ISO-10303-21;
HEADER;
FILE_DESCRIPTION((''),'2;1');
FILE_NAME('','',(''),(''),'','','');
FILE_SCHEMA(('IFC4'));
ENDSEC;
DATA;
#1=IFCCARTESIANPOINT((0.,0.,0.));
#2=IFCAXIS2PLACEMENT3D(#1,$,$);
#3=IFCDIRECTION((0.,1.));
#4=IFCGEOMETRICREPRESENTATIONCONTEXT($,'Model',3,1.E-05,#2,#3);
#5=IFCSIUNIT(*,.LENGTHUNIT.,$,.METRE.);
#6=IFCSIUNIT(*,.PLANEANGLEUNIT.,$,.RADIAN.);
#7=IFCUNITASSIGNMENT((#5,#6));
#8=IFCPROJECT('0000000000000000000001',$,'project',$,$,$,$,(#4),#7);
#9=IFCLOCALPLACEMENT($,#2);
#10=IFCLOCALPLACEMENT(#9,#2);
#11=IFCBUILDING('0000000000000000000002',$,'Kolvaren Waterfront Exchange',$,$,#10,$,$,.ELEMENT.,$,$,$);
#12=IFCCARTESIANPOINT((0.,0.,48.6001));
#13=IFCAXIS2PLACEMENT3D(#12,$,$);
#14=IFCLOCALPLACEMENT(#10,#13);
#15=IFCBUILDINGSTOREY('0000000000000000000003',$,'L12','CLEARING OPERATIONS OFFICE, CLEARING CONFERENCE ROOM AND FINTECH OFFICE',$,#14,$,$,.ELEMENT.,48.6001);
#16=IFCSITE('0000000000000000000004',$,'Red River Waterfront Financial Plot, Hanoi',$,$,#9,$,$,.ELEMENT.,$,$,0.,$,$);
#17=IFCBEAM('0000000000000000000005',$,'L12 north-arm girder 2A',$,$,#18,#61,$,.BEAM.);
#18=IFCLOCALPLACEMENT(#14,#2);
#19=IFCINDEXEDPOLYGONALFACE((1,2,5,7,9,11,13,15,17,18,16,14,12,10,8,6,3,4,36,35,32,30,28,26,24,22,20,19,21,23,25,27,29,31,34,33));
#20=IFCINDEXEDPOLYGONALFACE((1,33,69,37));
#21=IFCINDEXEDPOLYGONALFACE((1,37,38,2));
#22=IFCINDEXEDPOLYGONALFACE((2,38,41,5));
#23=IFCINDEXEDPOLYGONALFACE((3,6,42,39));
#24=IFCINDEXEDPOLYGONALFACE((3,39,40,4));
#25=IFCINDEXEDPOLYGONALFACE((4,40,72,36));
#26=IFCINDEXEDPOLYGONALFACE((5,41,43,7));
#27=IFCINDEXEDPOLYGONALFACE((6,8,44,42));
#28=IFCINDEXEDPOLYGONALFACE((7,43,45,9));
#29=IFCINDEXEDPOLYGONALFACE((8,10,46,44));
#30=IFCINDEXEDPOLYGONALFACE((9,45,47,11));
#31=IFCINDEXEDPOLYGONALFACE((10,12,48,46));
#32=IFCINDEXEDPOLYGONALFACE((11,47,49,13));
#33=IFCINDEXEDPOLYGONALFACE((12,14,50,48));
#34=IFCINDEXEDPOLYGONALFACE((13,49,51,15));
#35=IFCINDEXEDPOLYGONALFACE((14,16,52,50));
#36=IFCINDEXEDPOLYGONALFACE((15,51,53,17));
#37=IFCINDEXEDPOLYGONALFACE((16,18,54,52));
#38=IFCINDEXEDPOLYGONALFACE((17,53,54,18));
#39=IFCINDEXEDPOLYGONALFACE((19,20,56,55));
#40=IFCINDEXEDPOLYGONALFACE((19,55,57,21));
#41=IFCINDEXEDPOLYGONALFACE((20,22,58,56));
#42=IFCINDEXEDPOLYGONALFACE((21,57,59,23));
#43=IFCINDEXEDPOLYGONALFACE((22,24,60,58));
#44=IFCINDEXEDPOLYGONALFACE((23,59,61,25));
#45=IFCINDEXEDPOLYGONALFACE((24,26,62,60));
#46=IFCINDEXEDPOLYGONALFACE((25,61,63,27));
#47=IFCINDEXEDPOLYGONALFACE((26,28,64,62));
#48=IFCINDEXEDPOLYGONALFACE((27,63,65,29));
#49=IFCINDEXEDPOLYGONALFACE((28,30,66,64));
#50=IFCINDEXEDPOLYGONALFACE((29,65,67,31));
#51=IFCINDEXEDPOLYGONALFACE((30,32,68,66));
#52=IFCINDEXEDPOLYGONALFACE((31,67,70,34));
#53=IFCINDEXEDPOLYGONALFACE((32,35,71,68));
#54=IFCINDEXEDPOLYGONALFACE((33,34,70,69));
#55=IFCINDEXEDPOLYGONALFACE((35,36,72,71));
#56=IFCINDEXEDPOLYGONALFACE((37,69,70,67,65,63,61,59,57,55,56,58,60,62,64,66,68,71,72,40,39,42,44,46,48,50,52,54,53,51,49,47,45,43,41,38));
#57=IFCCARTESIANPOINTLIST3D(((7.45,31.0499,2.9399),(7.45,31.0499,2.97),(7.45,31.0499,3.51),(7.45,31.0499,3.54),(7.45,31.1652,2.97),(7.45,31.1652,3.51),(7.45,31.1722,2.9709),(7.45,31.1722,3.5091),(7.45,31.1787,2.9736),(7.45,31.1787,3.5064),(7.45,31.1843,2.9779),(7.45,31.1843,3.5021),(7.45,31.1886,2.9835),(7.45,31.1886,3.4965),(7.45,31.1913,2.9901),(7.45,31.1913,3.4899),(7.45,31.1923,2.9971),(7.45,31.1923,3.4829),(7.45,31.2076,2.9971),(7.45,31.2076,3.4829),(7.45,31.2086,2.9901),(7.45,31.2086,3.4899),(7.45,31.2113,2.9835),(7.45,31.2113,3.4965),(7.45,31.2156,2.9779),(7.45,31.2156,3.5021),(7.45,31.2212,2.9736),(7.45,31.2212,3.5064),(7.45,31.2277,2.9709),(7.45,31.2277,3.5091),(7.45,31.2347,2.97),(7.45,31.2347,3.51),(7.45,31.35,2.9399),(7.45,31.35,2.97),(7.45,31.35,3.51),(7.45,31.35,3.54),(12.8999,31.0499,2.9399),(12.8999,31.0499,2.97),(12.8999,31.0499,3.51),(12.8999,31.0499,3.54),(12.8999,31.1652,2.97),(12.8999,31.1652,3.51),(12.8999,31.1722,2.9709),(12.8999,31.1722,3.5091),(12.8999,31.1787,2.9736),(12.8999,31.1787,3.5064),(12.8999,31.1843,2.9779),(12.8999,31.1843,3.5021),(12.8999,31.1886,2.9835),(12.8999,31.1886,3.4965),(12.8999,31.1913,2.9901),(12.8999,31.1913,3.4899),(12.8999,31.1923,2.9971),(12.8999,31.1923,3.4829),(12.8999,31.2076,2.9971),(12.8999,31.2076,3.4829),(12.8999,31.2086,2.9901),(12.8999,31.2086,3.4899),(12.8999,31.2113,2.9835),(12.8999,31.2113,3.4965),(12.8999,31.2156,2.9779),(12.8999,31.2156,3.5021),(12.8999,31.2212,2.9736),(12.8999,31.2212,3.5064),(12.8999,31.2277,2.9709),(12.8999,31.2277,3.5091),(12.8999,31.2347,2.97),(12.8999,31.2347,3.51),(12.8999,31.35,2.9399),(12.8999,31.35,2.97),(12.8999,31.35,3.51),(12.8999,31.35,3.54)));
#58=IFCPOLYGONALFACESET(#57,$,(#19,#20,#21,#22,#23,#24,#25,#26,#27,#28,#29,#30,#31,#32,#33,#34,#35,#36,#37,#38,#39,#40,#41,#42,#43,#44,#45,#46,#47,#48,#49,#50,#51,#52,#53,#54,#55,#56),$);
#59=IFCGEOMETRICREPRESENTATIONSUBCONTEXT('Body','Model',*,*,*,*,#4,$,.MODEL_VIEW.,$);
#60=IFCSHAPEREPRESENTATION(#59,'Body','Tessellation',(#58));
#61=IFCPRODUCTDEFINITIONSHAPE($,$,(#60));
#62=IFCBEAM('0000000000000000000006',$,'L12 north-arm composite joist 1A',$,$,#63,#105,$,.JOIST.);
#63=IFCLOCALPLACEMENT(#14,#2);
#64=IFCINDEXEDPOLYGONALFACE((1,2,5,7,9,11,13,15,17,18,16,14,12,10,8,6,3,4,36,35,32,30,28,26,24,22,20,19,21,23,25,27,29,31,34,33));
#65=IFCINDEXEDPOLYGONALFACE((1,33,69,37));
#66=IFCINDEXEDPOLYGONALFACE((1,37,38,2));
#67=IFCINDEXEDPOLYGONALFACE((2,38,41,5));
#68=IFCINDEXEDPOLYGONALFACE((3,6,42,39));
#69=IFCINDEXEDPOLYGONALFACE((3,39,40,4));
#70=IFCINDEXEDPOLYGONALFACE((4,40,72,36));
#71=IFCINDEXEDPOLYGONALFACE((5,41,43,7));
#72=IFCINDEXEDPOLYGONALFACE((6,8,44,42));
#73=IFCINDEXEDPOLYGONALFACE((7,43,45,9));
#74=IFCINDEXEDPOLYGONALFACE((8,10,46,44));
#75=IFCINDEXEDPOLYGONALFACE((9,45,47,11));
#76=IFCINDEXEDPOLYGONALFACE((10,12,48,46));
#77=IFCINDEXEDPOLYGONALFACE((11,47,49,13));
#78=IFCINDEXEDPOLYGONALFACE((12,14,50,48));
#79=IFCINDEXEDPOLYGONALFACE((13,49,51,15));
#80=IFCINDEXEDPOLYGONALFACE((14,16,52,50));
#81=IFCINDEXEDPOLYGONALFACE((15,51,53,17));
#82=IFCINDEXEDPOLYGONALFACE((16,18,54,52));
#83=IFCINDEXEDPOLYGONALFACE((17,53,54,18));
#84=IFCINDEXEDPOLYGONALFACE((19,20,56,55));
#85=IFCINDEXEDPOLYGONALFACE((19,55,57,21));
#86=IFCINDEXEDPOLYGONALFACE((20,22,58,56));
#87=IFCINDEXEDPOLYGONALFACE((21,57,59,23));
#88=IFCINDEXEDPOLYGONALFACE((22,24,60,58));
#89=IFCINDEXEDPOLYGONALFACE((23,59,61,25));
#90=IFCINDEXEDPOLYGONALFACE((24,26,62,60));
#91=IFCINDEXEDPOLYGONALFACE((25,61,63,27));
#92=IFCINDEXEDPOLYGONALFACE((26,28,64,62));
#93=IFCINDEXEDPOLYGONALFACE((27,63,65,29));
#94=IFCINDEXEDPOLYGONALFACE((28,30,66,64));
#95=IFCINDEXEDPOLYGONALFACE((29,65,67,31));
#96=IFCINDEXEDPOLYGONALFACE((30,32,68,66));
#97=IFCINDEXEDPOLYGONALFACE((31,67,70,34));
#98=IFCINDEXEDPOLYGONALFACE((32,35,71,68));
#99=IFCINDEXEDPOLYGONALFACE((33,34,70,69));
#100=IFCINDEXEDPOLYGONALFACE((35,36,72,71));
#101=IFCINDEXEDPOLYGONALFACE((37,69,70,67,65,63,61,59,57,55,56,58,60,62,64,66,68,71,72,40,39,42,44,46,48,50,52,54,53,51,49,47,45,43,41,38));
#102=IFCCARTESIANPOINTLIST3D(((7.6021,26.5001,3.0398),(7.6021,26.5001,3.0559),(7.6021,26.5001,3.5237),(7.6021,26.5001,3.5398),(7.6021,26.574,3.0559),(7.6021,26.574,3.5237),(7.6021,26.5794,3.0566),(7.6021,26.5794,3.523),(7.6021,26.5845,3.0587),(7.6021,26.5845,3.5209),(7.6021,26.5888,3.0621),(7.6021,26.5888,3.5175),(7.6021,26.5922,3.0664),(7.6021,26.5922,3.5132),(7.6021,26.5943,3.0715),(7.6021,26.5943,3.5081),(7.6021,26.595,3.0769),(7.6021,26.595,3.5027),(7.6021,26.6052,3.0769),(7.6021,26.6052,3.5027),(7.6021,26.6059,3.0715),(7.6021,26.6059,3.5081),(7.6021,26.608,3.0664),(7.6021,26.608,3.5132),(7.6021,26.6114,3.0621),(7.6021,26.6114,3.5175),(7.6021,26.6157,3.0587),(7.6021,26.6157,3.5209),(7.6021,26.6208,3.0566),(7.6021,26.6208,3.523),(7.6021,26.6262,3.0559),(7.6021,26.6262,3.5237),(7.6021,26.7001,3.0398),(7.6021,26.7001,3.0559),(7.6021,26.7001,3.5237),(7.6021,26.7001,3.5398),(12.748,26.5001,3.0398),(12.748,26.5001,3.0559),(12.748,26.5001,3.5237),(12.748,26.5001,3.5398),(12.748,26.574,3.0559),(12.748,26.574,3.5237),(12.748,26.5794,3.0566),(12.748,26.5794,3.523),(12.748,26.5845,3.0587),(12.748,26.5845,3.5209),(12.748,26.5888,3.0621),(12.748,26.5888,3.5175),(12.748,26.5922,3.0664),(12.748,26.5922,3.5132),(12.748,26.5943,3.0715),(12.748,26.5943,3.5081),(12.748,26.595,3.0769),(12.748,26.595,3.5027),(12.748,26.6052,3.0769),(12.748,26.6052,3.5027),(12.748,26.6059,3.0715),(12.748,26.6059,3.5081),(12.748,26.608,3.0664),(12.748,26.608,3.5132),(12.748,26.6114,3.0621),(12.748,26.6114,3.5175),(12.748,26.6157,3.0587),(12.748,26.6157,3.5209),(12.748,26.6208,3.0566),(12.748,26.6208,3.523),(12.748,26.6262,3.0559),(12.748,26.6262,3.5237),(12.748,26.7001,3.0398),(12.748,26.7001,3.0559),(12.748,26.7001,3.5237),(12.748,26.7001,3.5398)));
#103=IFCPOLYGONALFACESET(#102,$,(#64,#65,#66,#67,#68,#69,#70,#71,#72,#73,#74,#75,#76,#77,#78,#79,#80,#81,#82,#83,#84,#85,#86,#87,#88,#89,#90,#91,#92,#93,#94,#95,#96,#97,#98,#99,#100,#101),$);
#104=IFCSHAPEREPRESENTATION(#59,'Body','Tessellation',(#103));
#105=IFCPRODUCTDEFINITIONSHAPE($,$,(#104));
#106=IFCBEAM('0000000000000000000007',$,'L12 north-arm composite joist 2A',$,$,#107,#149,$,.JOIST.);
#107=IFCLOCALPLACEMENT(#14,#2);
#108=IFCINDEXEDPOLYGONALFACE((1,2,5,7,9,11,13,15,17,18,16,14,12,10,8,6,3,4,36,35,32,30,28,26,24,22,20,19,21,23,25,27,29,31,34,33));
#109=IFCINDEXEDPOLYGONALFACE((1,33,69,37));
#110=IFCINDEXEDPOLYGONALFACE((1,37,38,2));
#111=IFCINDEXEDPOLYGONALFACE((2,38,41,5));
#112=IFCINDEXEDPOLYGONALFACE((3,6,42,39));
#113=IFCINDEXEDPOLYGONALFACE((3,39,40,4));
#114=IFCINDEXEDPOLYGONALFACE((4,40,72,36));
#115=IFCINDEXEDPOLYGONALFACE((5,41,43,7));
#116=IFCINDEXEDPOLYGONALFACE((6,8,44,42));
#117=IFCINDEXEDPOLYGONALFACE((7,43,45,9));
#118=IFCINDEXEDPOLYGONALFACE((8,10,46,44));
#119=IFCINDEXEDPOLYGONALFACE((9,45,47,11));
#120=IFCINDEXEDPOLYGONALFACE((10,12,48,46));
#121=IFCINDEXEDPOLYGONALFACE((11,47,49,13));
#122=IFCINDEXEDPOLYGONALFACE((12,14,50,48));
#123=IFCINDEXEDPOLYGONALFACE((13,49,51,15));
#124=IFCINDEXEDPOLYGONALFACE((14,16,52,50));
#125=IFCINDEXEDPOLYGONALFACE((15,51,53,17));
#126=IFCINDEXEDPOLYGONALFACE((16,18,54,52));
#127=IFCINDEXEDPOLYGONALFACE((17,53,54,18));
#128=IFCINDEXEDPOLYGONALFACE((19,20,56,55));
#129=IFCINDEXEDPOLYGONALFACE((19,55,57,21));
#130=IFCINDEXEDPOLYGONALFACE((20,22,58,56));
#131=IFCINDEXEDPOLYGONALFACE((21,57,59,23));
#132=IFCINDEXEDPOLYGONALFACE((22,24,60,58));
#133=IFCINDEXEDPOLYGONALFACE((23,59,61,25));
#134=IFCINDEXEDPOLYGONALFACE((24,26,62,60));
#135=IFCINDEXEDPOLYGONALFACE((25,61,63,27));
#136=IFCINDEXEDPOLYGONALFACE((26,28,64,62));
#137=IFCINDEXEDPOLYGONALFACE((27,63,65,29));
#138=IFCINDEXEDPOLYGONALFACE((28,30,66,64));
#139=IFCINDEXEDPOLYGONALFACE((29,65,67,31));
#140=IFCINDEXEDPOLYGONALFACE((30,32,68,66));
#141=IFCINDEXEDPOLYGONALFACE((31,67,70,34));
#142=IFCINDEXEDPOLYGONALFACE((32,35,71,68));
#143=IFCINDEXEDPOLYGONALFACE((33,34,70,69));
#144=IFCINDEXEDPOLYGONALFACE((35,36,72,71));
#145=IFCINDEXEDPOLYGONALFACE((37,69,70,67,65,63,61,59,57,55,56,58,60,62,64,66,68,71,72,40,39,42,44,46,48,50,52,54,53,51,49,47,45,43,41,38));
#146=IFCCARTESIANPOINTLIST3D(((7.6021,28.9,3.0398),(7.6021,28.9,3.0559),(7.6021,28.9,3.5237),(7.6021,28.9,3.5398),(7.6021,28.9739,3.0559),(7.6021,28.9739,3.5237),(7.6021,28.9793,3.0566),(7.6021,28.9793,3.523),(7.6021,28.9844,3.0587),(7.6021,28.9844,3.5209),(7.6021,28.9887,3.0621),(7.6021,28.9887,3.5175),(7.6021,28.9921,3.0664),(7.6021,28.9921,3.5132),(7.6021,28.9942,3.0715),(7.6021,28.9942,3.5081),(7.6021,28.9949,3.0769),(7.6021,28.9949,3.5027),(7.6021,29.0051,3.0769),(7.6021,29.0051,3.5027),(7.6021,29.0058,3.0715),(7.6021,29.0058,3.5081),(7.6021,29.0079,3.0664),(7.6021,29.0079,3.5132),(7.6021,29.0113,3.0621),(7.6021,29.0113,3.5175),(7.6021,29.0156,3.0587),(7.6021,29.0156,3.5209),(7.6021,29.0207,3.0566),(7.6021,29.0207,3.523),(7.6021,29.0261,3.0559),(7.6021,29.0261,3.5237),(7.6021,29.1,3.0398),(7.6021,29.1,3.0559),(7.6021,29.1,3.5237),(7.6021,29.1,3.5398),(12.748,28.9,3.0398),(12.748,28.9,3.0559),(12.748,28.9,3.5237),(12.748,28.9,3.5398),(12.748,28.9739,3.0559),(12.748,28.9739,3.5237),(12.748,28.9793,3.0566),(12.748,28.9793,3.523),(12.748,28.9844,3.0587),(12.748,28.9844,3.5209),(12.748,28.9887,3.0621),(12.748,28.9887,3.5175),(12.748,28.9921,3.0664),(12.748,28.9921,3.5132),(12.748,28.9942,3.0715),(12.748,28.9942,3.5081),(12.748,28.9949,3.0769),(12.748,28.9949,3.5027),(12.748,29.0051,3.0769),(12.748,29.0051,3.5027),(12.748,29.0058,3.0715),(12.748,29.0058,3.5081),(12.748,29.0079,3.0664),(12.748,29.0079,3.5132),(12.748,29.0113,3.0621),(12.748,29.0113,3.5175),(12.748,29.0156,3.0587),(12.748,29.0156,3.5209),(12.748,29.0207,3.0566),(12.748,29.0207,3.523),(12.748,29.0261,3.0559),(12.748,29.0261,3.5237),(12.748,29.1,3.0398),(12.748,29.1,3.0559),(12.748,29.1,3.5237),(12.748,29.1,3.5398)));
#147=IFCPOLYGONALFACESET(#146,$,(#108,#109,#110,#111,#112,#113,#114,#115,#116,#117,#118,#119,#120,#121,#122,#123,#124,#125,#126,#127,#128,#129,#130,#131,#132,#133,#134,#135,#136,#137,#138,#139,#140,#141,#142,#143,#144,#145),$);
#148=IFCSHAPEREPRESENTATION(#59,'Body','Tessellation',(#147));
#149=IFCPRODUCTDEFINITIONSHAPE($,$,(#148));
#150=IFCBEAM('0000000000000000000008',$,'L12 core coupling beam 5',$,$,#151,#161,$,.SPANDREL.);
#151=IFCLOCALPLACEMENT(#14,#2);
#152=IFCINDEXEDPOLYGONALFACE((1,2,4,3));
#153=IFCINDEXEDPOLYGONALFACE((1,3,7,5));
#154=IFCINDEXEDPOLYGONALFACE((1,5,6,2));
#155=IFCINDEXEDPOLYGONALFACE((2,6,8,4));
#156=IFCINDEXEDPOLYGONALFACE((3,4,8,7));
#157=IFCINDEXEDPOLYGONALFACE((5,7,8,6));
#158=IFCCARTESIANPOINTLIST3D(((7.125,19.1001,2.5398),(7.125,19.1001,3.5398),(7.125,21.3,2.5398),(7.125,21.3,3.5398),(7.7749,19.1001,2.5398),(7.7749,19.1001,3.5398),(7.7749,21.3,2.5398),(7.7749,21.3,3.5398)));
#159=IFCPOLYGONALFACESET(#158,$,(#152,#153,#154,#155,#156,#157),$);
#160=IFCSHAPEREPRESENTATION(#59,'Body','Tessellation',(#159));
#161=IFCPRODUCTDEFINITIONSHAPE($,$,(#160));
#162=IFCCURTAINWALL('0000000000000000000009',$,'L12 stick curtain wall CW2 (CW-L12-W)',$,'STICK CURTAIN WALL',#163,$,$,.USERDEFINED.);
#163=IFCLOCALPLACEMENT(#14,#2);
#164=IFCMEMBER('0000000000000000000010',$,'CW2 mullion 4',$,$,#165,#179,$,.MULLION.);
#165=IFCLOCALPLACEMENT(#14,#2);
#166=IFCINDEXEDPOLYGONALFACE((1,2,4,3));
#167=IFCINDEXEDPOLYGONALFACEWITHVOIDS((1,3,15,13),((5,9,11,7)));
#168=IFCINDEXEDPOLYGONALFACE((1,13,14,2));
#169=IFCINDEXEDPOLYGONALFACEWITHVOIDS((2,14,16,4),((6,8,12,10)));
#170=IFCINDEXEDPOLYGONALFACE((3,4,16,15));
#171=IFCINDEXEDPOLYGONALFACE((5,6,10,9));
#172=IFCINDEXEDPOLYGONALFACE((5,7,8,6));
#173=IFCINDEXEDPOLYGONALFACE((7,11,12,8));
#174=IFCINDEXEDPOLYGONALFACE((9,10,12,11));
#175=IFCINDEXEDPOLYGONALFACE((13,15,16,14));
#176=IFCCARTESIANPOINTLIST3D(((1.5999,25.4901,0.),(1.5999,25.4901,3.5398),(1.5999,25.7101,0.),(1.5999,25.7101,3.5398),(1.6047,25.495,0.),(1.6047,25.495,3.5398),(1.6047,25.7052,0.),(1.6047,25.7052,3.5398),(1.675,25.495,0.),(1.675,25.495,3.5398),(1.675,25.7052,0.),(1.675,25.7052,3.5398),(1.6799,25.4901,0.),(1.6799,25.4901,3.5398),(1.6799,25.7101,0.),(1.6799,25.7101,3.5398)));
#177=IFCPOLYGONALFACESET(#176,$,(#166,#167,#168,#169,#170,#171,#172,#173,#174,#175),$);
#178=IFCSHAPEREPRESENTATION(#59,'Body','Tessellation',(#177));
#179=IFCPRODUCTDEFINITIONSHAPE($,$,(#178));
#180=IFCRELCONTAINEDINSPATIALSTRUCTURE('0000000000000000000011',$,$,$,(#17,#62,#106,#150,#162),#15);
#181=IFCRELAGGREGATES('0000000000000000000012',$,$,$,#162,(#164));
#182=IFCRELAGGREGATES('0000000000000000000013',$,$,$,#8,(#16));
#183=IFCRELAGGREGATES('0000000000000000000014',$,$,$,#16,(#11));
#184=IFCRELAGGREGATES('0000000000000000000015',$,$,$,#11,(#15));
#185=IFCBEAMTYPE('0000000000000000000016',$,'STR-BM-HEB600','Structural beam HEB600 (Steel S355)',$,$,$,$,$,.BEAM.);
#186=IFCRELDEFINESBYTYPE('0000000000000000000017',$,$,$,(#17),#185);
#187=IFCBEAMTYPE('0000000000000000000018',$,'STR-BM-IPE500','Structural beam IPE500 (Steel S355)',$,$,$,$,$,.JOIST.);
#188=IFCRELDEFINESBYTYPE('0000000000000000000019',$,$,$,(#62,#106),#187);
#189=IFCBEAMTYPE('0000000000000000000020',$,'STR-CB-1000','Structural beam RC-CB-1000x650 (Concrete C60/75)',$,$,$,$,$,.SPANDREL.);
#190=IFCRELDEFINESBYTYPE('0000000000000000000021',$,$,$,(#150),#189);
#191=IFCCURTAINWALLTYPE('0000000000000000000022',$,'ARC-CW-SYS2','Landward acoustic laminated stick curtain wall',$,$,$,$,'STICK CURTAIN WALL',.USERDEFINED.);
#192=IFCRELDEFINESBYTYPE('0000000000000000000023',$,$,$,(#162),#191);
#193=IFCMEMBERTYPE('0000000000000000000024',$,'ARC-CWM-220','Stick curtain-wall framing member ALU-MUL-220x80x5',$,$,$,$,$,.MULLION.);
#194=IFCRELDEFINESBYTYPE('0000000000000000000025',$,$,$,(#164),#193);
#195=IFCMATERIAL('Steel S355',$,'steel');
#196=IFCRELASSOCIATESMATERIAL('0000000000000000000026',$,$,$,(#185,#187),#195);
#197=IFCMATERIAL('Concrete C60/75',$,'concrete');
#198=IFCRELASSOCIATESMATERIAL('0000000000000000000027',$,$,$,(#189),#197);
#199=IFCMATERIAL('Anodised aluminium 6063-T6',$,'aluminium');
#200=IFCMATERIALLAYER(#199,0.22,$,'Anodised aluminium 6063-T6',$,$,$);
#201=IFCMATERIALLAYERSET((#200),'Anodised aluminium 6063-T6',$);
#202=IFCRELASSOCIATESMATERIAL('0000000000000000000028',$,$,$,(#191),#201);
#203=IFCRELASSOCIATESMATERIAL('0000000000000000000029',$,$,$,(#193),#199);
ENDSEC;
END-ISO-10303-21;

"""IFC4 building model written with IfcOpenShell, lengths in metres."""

from ifc_helpers import new_model, si_unit, direction, frame, origin, origin_with_axes, origin_2d, place, context, subcontext, project, spatial, rectangle, hollow_rectangle, i_section, extrude, source, transform, mapped, material, layer, layer_set, material_profile, profile_set, type_object, element, aggregate, save


model = new_model("IFC4")

# Units and contexts
model_context = context("Model", 3, precision=1e-05, world=origin(), true_north=direction((0.0, 1.0)))
body_context = subcontext(model_context, "Body", "Model", "MODEL_VIEW")
ifc_project = project(units=[si_unit("LENGTHUNIT", "METRE"), si_unit("PLANEANGLEUNIT", "RADIAN")], contexts=[model_context])

# Site, building, storey
site_placement = place(None, origin())
site = spatial("IfcSite", under=ifc_project, at=site_placement, Name="Red River Waterfront Financial Plot, Hanoi", CompositionType="ELEMENT", RefElevation=0.0)
building_placement = place(site_placement, origin())
building = spatial("IfcBuilding", under=site, at=building_placement, Name="Kolvaren Waterfront Exchange", CompositionType="ELEMENT")
storey_placement = place(building_placement, frame((0.0, 0.0, 48.6001)))
storey = spatial("IfcBuildingStorey", under=building, at=storey_placement, Name="L12", Description="CLEARING OPERATIONS OFFICE, CLEARING CONFERENCE ROOM AND FINTECH OFFICE", CompositionType="ELEMENT", Elevation=48.6001)

# Beams
ifc_material_1 = material(Name="Steel S355", Category="steel")
ifc_material_profile_1 = material_profile(ifc_material_1, i_section(OverallWidth=0.3, OverallDepth=0.6001, WebThickness=0.0154, FlangeThickness=0.03, FilletRadius=0.0271, at=origin_2d()), Name="HEB600")
ifc_profile_set_1 = profile_set([ifc_material_profile_1], Name="Steel S355")
beam_type_1 = type_object("IfcBeamType", Name="STR-BM-HEB600", Description="Structural beam HEB600 (Steel S355)", PredefinedType="BEAM", material=ifc_profile_set_1)
for number, where, z_axis, x_axis, name in (
    (1, (7.45, 31.2, 3.24), (1.0, 0.0, 0.0), (0.0, 1.0, 0.0), "L12 north-arm girder 2A"),
):
    element("IfcBeam", number, at=place(storey_placement, frame(where, z_axis=z_axis, x_axis=x_axis)), inside=storey, type_object=beam_type_1, Name=name, PredefinedType="BEAM", context=body_context, shape_type="SweptSolid", body=[
        extrude(i_section(OverallWidth=0.3, OverallDepth=0.6001, WebThickness=0.0154, FlangeThickness=0.03, FilletRadius=0.0271, at=origin_2d()), origin(), (0.0, 0.0, 1.0), 5.45),
    ])
ifc_material_profile_2 = material_profile(ifc_material_1, i_section(OverallWidth=0.2, OverallDepth=0.5, WebThickness=0.0103, FlangeThickness=0.0161, FilletRadius=0.021, at=origin_2d()), Name="IPE500")
ifc_profile_set_2 = profile_set([ifc_material_profile_2], Name="Steel S355")
beam_type_2 = type_object("IfcBeamType", Name="STR-BM-IPE500", Description="Structural beam IPE500 (Steel S355)", PredefinedType="JOIST", material=ifc_profile_set_2)
for number, where, z_axis, x_axis, name in (
    (2, (7.6021, 26.6001, 3.2898), (1.0, 0.0, 0.0), (0.0, 1.0, 0.0), "L12 north-arm composite joist 1A"),
    (3, (7.6021, 29.0, 3.2898), (1.0, 0.0, 0.0), (0.0, 1.0, 0.0), "L12 north-arm composite joist 2A"),
):
    element("IfcBeam", number, at=place(storey_placement, frame(where, z_axis=z_axis, x_axis=x_axis)), inside=storey, type_object=beam_type_2, Name=name, PredefinedType="JOIST", context=body_context, shape_type="SweptSolid", body=[
        extrude(i_section(OverallWidth=0.2, OverallDepth=0.5, WebThickness=0.0103, FlangeThickness=0.0161, FilletRadius=0.021, at=origin_2d()), origin(), (0.0, 0.0, 1.0), 5.146),
    ])
ifc_material_2 = material(Name="Concrete C60/75", Category="concrete")
ifc_material_profile_3 = material_profile(ifc_material_2, rectangle(XDim=0.6499, YDim=1.0, at=origin_2d()), Name="RC-CB-1000x650")
ifc_profile_set_3 = profile_set([ifc_material_profile_3], Name="Concrete C60/75")
beam_type_3 = type_object("IfcBeamType", Name="STR-CB-1000", Description="Structural beam RC-CB-1000x650 (Concrete C60/75)", PredefinedType="SPANDREL", material=ifc_profile_set_3)
beam_1_placement = place(storey_placement, frame((7.45, 19.1001, 3.0398), z_axis=(0.0, 1.0, 0.0), x_axis=(-1.0, 0.0, 0.0)))
element("IfcBeam", 4, at=beam_1_placement, inside=storey, type_object=beam_type_3, Name="L12 core coupling beam 5", PredefinedType="SPANDREL", context=body_context, shape_type="SweptSolid", body=[
    extrude(rectangle(XDim=0.6499, YDim=1.0, at=origin_2d()), origin(), (0.0, 0.0, 1.0), 2.2),
])

# Curtain wall, member
ifc_material_3 = material(Name="Anodised aluminium 6063-T6", Category="aluminium")
ifc_layer_1 = layer(ifc_material_3, 0.22, Name="Anodised aluminium 6063-T6")
ifc_layer_set_1 = layer_set([ifc_layer_1], Name="Anodised aluminium 6063-T6")
curtain_wall_type = type_object("IfcCurtainWallType", Name="ARC-CW-SYS2", Description="Landward acoustic laminated stick curtain wall", ElementType="STICK CURTAIN WALL", PredefinedType="USERDEFINED", material=ifc_layer_set_1)
curtain_wall_placement = place(storey_placement, origin())
curtain_wall = element("IfcCurtainWall", 5, at=curtain_wall_placement, inside=storey, type_object=curtain_wall_type, Name="L12 stick curtain wall CW2 (CW-L12-W)", ObjectType="STICK CURTAIN WALL", PredefinedType="USERDEFINED")
ifc_material_profile_4 = material_profile(ifc_material_3, hollow_rectangle(XDim=0.0801, YDim=0.22, WallThickness=0.0049, at=origin_2d()), Name="ALU-MUL-220x80x5")
ifc_profile_set_4 = profile_set([ifc_material_profile_4], Name="Anodised aluminium 6063-T6")
member_type_1 = type_object("IfcMemberType", Name="ARC-CWM-220", Description="Stick curtain-wall framing member ALU-MUL-220x80x5", PredefinedType="MULLION", material=ifc_profile_set_4)
shared_shape_1 = source(origin_with_axes(), body_context, "Body", "SweptSolid", [
    extrude(hollow_rectangle(XDim=0.0801, YDim=0.22, WallThickness=0.0049, at=origin_2d()), origin(), (0.0, 0.0, 1.0), 3.5398),
])
member_1_placement = place(storey_placement, frame((1.6399, 25.6001, 0.0), z_axis=(0.0, 0.0, 1.0), x_axis=(-1.0, 0.0, 0.0)))
member_1 = element("IfcMember", 6, at=member_1_placement, type_object=member_type_1, Name="CW2 mullion 4", PredefinedType="MULLION", context=body_context, shape_type="MappedRepresentation", body=[
    mapped(shared_shape_1, transform((0.0, 0.0, 0.0), x_axis=(1.0, 0.0, 0.0), y_axis=(0.0, 1.0, 0.0), z_axis=(0.0, 0.0, 1.0), scale=1.0)),
])
aggregate(curtain_wall, [member_1])

save(model, "model.ifc")
